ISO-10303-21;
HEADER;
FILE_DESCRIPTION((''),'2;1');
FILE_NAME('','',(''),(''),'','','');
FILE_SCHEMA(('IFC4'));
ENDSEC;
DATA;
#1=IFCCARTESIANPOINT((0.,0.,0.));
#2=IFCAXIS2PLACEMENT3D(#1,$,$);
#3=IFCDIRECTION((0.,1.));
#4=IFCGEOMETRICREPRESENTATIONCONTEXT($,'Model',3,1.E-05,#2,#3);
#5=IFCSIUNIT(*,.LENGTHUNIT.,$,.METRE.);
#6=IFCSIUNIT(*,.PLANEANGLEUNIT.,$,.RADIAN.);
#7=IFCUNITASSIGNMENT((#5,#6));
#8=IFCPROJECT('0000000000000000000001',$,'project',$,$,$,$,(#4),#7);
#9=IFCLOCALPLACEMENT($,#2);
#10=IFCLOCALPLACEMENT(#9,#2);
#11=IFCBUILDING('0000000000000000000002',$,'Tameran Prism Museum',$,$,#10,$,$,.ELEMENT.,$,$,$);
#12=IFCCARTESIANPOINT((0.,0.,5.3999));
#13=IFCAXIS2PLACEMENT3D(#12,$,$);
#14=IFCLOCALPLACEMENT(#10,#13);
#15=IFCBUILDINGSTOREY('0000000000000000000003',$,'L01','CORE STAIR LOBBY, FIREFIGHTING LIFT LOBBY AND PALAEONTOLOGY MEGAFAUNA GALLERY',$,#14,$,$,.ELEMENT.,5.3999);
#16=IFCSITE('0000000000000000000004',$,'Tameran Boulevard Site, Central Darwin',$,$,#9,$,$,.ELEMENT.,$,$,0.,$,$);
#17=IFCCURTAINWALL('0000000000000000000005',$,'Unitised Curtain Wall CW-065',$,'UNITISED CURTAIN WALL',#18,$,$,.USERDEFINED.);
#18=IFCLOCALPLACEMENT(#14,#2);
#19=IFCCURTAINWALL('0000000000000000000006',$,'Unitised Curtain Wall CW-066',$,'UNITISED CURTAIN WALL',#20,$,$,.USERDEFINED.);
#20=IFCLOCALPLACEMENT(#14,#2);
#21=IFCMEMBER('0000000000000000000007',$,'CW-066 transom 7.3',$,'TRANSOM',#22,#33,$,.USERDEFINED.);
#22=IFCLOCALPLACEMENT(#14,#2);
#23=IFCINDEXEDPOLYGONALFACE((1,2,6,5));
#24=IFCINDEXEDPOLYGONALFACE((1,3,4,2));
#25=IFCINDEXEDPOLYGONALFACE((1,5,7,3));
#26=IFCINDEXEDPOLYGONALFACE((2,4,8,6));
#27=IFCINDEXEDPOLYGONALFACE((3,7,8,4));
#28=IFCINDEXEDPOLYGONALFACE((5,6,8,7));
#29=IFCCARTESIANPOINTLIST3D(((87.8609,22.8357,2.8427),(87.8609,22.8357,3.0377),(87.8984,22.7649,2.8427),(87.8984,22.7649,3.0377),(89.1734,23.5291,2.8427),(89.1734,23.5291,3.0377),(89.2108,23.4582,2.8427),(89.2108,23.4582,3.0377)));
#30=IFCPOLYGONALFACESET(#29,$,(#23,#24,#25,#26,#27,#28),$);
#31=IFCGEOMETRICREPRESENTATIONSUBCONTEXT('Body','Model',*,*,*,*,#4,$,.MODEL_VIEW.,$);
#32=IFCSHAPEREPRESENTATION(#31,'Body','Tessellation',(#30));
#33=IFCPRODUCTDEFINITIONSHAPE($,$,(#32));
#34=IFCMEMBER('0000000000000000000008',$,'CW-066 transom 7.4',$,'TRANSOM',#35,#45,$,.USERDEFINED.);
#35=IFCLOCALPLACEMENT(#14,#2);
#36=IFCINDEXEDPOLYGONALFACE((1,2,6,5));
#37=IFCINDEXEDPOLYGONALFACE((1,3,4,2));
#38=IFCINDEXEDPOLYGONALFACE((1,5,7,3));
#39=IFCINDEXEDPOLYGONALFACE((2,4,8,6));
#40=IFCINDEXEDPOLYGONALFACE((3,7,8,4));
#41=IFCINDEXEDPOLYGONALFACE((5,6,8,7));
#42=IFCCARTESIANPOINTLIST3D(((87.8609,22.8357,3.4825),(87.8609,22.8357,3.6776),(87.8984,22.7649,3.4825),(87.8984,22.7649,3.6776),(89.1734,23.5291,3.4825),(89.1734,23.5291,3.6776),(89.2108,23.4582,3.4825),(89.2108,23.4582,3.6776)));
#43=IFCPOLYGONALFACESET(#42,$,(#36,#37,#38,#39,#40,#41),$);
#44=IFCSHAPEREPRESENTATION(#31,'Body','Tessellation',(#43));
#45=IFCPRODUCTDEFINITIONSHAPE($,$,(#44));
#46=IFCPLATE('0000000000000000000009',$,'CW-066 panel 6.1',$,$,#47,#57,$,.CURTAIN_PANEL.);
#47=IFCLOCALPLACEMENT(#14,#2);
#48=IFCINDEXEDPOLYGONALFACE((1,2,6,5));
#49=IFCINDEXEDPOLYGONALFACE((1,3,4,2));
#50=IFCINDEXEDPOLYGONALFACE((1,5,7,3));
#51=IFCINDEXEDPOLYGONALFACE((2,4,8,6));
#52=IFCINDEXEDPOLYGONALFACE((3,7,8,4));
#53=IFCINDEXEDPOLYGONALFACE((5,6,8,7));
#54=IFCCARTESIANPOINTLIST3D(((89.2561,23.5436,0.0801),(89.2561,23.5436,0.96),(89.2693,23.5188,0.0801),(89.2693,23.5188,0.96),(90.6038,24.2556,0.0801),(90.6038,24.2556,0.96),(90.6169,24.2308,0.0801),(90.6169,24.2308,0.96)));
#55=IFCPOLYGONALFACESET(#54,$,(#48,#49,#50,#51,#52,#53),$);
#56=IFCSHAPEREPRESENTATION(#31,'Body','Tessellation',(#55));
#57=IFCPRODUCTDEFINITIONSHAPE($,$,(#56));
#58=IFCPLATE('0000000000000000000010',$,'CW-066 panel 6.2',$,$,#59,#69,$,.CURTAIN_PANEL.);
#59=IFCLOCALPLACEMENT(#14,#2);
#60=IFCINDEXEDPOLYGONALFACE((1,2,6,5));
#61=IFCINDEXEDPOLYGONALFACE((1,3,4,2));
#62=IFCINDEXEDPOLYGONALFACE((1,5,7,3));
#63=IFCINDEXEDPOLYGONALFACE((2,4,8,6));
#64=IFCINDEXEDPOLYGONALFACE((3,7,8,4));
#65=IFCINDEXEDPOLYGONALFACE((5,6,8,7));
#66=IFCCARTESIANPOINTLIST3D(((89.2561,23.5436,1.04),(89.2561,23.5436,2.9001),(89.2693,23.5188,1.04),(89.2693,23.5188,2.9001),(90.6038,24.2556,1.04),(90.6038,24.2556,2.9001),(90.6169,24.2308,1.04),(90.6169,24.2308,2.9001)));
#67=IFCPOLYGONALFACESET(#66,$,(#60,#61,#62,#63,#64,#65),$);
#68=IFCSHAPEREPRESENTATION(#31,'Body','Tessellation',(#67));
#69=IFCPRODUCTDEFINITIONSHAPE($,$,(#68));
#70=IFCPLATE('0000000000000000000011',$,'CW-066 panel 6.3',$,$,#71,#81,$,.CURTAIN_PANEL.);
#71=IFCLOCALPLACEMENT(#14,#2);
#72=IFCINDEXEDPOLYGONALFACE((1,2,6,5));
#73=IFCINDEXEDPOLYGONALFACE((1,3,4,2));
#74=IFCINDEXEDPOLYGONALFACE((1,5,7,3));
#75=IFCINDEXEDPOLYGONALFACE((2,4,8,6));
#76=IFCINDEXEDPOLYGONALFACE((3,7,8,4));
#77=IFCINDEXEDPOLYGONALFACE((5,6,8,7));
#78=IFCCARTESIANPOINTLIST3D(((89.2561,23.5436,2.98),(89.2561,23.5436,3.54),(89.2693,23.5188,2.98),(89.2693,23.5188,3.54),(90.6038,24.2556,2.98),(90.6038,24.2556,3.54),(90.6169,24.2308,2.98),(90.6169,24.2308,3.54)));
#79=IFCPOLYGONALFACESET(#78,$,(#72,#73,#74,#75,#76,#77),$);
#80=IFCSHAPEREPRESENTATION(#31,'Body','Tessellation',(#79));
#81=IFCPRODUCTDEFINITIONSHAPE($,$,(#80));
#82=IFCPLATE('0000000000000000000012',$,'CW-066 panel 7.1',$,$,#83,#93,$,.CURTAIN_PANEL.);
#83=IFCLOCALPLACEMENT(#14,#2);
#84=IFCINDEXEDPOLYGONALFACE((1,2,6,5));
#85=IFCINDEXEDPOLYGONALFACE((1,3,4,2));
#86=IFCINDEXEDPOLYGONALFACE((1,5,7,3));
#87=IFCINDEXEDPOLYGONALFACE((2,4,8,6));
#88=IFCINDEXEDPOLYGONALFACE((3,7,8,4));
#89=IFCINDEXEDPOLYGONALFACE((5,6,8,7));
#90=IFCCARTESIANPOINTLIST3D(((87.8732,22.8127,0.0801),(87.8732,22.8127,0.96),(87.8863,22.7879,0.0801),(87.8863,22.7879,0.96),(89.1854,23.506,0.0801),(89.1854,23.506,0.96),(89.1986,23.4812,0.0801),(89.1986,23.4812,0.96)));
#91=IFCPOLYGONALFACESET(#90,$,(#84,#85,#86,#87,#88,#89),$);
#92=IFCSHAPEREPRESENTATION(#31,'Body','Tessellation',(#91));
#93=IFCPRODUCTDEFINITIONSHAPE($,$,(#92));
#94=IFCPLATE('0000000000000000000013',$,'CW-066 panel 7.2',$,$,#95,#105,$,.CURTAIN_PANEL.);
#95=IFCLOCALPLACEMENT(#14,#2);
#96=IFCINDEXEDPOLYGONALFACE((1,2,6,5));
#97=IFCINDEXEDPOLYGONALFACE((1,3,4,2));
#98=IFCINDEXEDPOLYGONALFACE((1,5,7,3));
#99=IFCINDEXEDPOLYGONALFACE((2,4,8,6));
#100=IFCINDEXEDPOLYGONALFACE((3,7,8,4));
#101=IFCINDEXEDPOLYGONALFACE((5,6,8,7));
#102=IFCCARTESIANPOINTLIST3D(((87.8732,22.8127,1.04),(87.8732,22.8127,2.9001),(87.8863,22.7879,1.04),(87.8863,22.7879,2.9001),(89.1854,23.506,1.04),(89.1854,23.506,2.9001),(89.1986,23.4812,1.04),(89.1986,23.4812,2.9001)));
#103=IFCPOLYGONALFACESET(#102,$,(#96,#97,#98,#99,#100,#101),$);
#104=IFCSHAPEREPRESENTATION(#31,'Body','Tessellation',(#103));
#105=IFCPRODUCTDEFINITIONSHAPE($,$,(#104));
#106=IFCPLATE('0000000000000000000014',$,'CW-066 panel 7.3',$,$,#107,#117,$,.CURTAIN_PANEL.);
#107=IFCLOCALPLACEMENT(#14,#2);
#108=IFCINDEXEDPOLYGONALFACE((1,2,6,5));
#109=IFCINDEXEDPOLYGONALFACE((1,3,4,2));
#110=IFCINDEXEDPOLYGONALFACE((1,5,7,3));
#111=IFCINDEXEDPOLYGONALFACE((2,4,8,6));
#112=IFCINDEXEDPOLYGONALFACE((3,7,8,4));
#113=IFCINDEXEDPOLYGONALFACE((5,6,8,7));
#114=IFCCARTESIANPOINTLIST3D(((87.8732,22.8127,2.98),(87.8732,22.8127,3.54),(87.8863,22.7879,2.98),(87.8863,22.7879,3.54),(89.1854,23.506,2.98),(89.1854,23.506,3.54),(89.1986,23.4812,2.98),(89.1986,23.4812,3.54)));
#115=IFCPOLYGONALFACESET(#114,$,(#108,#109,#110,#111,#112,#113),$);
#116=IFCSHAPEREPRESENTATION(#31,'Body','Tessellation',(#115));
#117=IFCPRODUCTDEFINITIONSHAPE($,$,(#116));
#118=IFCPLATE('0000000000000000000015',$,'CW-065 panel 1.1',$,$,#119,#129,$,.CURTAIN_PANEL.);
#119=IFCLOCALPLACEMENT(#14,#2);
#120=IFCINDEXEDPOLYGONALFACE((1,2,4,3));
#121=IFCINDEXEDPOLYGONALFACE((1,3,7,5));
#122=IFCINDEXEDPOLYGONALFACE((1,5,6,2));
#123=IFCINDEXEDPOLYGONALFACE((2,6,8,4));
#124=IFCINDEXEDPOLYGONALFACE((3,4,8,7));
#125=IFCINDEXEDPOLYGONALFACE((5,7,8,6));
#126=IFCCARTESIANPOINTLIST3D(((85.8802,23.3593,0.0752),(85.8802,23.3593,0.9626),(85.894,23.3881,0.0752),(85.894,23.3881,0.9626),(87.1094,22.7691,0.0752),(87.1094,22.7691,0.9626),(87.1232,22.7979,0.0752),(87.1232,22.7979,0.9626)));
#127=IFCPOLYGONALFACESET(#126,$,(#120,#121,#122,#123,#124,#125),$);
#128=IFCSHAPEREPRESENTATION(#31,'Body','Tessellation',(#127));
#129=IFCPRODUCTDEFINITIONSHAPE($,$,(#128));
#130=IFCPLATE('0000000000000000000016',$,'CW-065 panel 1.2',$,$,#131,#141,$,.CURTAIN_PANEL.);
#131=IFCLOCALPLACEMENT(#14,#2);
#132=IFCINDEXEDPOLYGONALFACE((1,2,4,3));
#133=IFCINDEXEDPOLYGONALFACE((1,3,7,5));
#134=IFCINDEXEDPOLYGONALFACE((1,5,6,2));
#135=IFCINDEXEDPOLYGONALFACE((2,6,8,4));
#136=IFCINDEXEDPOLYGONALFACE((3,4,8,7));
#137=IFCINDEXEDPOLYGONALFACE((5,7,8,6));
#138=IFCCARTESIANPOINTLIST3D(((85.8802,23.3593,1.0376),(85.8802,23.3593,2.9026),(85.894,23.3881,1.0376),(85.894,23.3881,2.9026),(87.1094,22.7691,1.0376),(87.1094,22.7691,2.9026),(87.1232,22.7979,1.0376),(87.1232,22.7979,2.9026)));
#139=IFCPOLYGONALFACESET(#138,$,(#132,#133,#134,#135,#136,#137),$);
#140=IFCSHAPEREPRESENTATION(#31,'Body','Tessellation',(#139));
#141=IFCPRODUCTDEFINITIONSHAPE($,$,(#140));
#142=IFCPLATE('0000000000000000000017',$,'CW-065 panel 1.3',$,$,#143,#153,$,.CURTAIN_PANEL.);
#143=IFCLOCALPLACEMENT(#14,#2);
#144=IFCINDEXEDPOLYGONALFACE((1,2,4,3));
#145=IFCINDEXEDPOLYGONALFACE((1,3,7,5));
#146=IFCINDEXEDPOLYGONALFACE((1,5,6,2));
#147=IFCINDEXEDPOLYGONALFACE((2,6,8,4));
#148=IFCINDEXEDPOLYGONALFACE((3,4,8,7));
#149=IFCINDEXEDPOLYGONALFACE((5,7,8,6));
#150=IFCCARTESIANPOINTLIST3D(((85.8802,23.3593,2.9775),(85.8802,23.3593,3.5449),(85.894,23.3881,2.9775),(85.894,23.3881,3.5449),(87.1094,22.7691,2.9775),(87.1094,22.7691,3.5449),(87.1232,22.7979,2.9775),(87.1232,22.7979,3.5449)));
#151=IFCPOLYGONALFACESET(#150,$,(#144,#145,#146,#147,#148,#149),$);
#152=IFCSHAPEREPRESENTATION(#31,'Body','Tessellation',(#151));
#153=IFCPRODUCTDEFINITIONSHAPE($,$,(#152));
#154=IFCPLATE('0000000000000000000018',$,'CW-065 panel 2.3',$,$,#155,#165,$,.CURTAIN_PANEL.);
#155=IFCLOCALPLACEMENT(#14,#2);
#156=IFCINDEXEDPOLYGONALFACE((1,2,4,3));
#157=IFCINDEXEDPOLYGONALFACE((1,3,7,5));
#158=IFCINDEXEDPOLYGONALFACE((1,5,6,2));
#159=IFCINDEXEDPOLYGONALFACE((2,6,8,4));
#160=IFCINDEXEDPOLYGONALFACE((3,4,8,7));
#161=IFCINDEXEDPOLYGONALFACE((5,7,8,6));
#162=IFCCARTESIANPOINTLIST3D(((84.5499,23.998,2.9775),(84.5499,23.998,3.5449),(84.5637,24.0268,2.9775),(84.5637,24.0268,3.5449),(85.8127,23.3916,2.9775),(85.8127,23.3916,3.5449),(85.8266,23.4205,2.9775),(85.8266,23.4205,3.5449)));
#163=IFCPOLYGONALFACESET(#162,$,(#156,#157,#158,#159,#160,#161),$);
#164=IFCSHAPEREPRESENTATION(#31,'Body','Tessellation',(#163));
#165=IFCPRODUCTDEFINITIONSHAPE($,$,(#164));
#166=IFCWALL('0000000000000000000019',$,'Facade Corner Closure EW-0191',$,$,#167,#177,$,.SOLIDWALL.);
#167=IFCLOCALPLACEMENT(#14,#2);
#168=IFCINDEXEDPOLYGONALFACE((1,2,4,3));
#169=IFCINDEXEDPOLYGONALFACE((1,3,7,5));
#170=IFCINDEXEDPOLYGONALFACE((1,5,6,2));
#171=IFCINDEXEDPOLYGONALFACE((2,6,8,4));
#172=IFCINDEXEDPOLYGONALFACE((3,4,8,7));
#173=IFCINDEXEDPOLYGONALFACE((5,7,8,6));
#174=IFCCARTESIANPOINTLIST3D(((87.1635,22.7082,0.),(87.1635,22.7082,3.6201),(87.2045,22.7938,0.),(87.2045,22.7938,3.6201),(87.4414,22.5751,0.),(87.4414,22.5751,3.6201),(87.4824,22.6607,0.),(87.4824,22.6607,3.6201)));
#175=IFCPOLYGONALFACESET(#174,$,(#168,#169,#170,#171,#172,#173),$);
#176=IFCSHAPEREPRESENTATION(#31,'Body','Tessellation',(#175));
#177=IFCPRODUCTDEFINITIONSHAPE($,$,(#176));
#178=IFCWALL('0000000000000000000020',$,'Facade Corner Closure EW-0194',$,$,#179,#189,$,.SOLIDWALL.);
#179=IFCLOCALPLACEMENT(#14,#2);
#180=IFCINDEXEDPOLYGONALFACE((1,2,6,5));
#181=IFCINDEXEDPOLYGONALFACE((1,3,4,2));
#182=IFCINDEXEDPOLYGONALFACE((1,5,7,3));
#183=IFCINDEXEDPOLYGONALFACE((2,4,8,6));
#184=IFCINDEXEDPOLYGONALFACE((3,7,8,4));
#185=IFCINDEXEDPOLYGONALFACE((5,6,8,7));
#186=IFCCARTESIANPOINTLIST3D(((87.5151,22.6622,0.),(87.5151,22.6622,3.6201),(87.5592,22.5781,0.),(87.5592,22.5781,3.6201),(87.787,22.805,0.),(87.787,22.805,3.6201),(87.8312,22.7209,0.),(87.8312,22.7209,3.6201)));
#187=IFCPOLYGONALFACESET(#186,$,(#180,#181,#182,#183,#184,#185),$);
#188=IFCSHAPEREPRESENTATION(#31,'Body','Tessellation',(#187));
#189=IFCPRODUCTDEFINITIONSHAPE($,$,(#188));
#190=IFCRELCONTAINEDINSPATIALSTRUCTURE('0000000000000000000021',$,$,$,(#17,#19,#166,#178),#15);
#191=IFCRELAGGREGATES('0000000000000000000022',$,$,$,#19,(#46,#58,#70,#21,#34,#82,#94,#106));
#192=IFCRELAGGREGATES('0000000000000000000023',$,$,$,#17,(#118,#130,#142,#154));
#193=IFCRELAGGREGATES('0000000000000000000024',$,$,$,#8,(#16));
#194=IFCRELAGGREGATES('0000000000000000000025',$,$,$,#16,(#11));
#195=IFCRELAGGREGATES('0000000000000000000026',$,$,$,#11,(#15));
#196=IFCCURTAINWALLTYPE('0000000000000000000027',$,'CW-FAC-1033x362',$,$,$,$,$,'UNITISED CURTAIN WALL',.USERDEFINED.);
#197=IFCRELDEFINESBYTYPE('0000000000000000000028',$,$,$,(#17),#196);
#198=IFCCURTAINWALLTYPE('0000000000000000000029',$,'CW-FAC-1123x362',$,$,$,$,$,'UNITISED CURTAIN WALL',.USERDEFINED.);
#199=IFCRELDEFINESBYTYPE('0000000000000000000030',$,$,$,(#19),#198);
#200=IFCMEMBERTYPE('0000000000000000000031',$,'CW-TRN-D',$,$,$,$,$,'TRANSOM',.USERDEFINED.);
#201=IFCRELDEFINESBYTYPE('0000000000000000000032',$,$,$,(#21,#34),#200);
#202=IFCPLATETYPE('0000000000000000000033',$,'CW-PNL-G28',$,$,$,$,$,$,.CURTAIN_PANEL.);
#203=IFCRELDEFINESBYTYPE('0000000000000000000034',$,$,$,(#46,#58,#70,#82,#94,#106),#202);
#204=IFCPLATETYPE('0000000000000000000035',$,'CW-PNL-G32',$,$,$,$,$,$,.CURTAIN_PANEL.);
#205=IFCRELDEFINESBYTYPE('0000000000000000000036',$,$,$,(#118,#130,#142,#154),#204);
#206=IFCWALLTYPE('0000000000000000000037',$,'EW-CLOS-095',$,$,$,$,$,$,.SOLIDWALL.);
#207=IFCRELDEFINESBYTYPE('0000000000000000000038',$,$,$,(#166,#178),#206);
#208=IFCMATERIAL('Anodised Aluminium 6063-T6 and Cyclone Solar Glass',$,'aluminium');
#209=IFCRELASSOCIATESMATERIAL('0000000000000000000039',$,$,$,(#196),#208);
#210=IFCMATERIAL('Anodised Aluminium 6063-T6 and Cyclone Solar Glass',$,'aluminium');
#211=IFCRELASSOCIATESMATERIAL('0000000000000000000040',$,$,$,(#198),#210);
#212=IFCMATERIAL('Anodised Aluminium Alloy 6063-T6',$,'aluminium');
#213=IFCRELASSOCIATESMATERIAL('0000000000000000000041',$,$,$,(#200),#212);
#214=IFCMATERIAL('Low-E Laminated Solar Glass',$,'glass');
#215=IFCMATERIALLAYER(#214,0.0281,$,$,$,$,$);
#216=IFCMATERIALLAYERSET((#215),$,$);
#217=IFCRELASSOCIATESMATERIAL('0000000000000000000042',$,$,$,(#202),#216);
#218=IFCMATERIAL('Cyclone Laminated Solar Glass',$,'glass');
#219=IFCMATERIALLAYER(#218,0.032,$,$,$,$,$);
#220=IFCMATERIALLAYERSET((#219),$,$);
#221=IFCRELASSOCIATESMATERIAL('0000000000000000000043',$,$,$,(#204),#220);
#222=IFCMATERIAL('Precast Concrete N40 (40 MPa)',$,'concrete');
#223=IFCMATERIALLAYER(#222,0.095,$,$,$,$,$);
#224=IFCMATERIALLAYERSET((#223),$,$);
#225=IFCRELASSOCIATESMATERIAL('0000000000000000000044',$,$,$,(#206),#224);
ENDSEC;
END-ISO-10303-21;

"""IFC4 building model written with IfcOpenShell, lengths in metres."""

from ifc_helpers import new_model, si_unit, direction, frame, frame_2d, origin, origin_2d, place, context, subcontext, project, spatial, rectangle, extrude, material, layer, layer_set, material_profile, profile_set, type_object, element, aggregate, save


model = new_model("IFC4")

# Units and contexts
model_context = context("Model", 3, precision=1e-05, world=origin(), true_north=direction((0.0, 1.0)))
body_context = subcontext(model_context, "Body", "Model", "MODEL_VIEW")
ifc_project = project(units=[si_unit("LENGTHUNIT", "METRE"), si_unit("PLANEANGLEUNIT", "RADIAN")], contexts=[model_context])

# Site, building, storey
site_placement = place(None, origin())
site = spatial("IfcSite", under=ifc_project, at=site_placement, Name="Tameran Boulevard Site, Central Darwin", CompositionType="ELEMENT", RefElevation=0.0)
building_placement = place(site_placement, origin())
building = spatial("IfcBuilding", under=site, at=building_placement, Name="Tameran Prism Museum", CompositionType="ELEMENT")
storey_placement = place(building_placement, frame((0.0, 0.0, 5.3999)))
storey = spatial("IfcBuildingStorey", under=building, at=storey_placement, Name="L01", Description="CORE STAIR LOBBY, FIREFIGHTING LIFT LOBBY AND PALAEONTOLOGY MEGAFAUNA GALLERY", CompositionType="ELEMENT", Elevation=5.3999)

# Curtain walls
ifc_material_1 = material(Name="Anodised Aluminium 6063-T6 and Cyclone Solar Glass", Category="aluminium")
curtain_wall_type_1 = type_object("IfcCurtainWallType", Name="CW-FAC-1033x362", ElementType="UNITISED CURTAIN WALL", PredefinedType="USERDEFINED", material=ifc_material_1)
curtain_wall_1_placement = place(storey_placement, origin())
curtain_wall_1 = element("IfcCurtainWall", 1, at=curtain_wall_1_placement, inside=storey, type_object=curtain_wall_type_1, Name="Unitised Curtain Wall CW-065", ObjectType="UNITISED CURTAIN WALL", PredefinedType="USERDEFINED")
ifc_material_2 = material(Name="Anodised Aluminium 6063-T6 and Cyclone Solar Glass", Category="aluminium")
curtain_wall_type_2 = type_object("IfcCurtainWallType", Name="CW-FAC-1123x362", ElementType="UNITISED CURTAIN WALL", PredefinedType="USERDEFINED", material=ifc_material_2)
curtain_wall_2_placement = place(storey_placement, origin())
curtain_wall_2 = element("IfcCurtainWall", 2, at=curtain_wall_2_placement, inside=storey, type_object=curtain_wall_type_2, Name="Unitised Curtain Wall CW-066", ObjectType="UNITISED CURTAIN WALL", PredefinedType="USERDEFINED")

# Members
ifc_material_3 = material(Name="Anodised Aluminium Alloy 6063-T6", Category="aluminium")
ifc_material_profile_1 = material_profile(ifc_material_3, rectangle(XDim=0.0801, YDim=0.1951, at=origin_2d()))
ifc_profile_set_1 = profile_set([ifc_material_profile_1])
member_type_1 = type_object("IfcMemberType", Name="CW-TRN-D", ElementType="TRANSOM", PredefinedType="USERDEFINED", material=ifc_profile_set_1)
member_1_placement = place(storey_placement, frame((89.1921, 23.4937, 2.9402), z_axis=(-0.884204, -0.467102, 0.0), x_axis=(0.467102, -0.884204, 0.0)))
member_1 = element("IfcMember", 3, at=member_1_placement, type_object=member_type_1, Name="CW-066 transom 7.3", ObjectType="TRANSOM", PredefinedType="USERDEFINED", context=body_context, shape_type="SweptSolid", body=[
    extrude(rectangle(XDim=0.0801, YDim=0.1951, at=origin_2d()), origin(), (0.0, 0.0, 1.0), 1.4844),
])
member_2_placement = place(storey_placement, frame((89.1921, 23.4937, 3.5801), z_axis=(-0.884204, -0.467102, 0.0), x_axis=(0.467102, -0.884204, 0.0)))
member_2 = element("IfcMember", 4, at=member_2_placement, type_object=member_type_1, Name="CW-066 transom 7.4", ObjectType="TRANSOM", PredefinedType="USERDEFINED", context=body_context, shape_type="SweptSolid", body=[
    extrude(rectangle(XDim=0.0801, YDim=0.1951, at=origin_2d()), origin(), (0.0, 0.0, 1.0), 1.4844),
])

# Plates
ifc_material_4 = material(Name="Low-E Laminated Solar Glass", Category="glass")
ifc_layer_1 = layer(ifc_material_4, 0.0281)
ifc_layer_set_1 = layer_set([ifc_layer_1])
plate_type_1 = type_object("IfcPlateType", Name="CW-PNL-G28", PredefinedType="CURTAIN_PANEL", material=ifc_layer_set_1)
plate_1_placement = place(storey_placement, frame((89.9365, 23.8872, 0.0801), z_axis=(0.0, 0.0, 1.0), x_axis=(-0.884175, -0.467155, 0.0)))
plate_1 = element("IfcPlate", 5, at=plate_1_placement, type_object=plate_type_1, Name="CW-066 panel 6.1", PredefinedType="CURTAIN_PANEL", context=body_context, shape_type="SweptSolid", body=[
    extrude(rectangle(XDim=1.5242, YDim=0.0281, at=origin_2d()), origin(), (0.0, 0.0, 1.0), 0.8799),
])
plate_2_placement = place(storey_placement, frame((89.9365, 23.8872, 1.04), z_axis=(0.0, 0.0, 1.0), x_axis=(-0.884175, -0.467155, 0.0)))
plate_2 = element("IfcPlate", 6, at=plate_2_placement, type_object=plate_type_1, Name="CW-066 panel 6.2", PredefinedType="CURTAIN_PANEL", context=body_context, shape_type="SweptSolid", body=[
    extrude(rectangle(XDim=1.5242, YDim=0.0281, at=origin_2d()), origin(), (0.0, 0.0, 1.0), 1.8601),
])
plate_3_placement = place(storey_placement, frame((89.9365, 23.8872, 2.98), z_axis=(0.0, 0.0, 1.0), x_axis=(-0.884175, -0.467155, 0.0)))
plate_3 = element("IfcPlate", 7, at=plate_3_placement, type_object=plate_type_1, Name="CW-066 panel 6.3", PredefinedType="CURTAIN_PANEL", context=body_context, shape_type="SweptSolid", body=[
    extrude(rectangle(XDim=1.5242, YDim=0.0281, at=origin_2d()), origin(), (0.0, 0.0, 1.0), 0.5601),
])
plate_4_placement = place(storey_placement, frame((88.5359, 23.147, 0.0801), z_axis=(0.0, 0.0, 1.0), x_axis=(-0.884175, -0.467155, 0.0)))
plate_4 = element("IfcPlate", 8, at=plate_4_placement, type_object=plate_type_1, Name="CW-066 panel 7.1", PredefinedType="CURTAIN_PANEL", context=body_context, shape_type="SweptSolid", body=[
    extrude(rectangle(XDim=1.4841, YDim=0.0281, at=origin_2d()), origin(), (0.0, 0.0, 1.0), 0.8799),
])
plate_5_placement = place(storey_placement, frame((88.5359, 23.147, 1.04), z_axis=(0.0, 0.0, 1.0), x_axis=(-0.884175, -0.467155, 0.0)))
plate_5 = element("IfcPlate", 9, at=plate_5_placement, type_object=plate_type_1, Name="CW-066 panel 7.2", PredefinedType="CURTAIN_PANEL", context=body_context, shape_type="SweptSolid", body=[
    extrude(rectangle(XDim=1.4841, YDim=0.0281, at=origin_2d()), origin(), (0.0, 0.0, 1.0), 1.8601),
])
plate_6_placement = place(storey_placement, frame((88.5359, 23.147, 2.98), z_axis=(0.0, 0.0, 1.0), x_axis=(-0.884175, -0.467155, 0.0)))
plate_6 = element("IfcPlate", 10, at=plate_6_placement, type_object=plate_type_1, Name="CW-066 panel 7.3", PredefinedType="CURTAIN_PANEL", context=body_context, shape_type="SweptSolid", body=[
    extrude(rectangle(XDim=1.4841, YDim=0.0281, at=origin_2d()), origin(), (0.0, 0.0, 1.0), 0.5601),
])
aggregate(curtain_wall_2, [plate_1, plate_2, plate_3, member_1, member_2, plate_4, plate_5, plate_6])
ifc_material_5 = material(Name="Cyclone Laminated Solar Glass", Category="glass")
ifc_layer_2 = layer(ifc_material_5, 0.032)
ifc_layer_set_2 = layer_set([ifc_layer_2])
plate_type_2 = type_object("IfcPlateType", Name="CW-PNL-G32", PredefinedType="CURTAIN_PANEL", material=ifc_layer_set_2)
plate_7_placement = place(storey_placement, frame((86.5017, 23.0786, 0.0752), z_axis=(0.0, 0.0, 1.0), x_axis=(-0.901475, 0.432832, 0.0)))
plate_7 = element("IfcPlate", 11, at=plate_7_placement, type_object=plate_type_2, Name="CW-065 panel 1.1", PredefinedType="CURTAIN_PANEL", context=body_context, shape_type="SweptSolid", body=[
    extrude(rectangle(XDim=1.3635, YDim=0.032, at=origin_2d()), origin(), (0.0, 0.0, 1.0), 0.8875),
])
plate_8_placement = place(storey_placement, frame((86.5017, 23.0786, 1.0376), z_axis=(0.0, 0.0, 1.0), x_axis=(-0.901475, 0.432832, 0.0)))
plate_8 = element("IfcPlate", 12, at=plate_8_placement, type_object=plate_type_2, Name="CW-065 panel 1.2", PredefinedType="CURTAIN_PANEL", context=body_context, shape_type="SweptSolid", body=[
    extrude(rectangle(XDim=1.3635, YDim=0.032, at=origin_2d()), origin(), (0.0, 0.0, 1.0), 1.865),
])
plate_9_placement = place(storey_placement, frame((86.5017, 23.0786, 2.9775), z_axis=(0.0, 0.0, 1.0), x_axis=(-0.901475, 0.432832, 0.0)))
plate_9 = element("IfcPlate", 13, at=plate_9_placement, type_object=plate_type_2, Name="CW-065 panel 1.3", PredefinedType="CURTAIN_PANEL", context=body_context, shape_type="SweptSolid", body=[
    extrude(rectangle(XDim=1.3635, YDim=0.032, at=origin_2d()), origin(), (0.0, 0.0, 1.0), 0.5674),
])
plate_10_placement = place(storey_placement, frame((85.1882, 23.7092, 2.9775), z_axis=(0.0, 0.0, 1.0), x_axis=(-0.901475, 0.432832, 0.0)))
plate_10 = element("IfcPlate", 14, at=plate_10_placement, type_object=plate_type_2, Name="CW-065 panel 2.3", PredefinedType="CURTAIN_PANEL", context=body_context, shape_type="SweptSolid", body=[
    extrude(rectangle(XDim=1.4009, YDim=0.032, at=origin_2d()), origin(), (0.0, 0.0, 1.0), 0.5674),
])
aggregate(curtain_wall_1, [plate_7, plate_8, plate_9, plate_10])

# Walls
ifc_material_6 = material(Name="Precast Concrete N40 (40 MPa)", Category="concrete")
ifc_layer_3 = layer(ifc_material_6, 0.095)
ifc_layer_set_3 = layer_set([ifc_layer_3])
wall_type = type_object("IfcWallType", Name="EW-CLOS-095", PredefinedType="SOLIDWALL", material=ifc_layer_set_3)
wall_1_placement = place(storey_placement, frame((87.4619, 22.6179, 0.0), z_axis=(0.0, 0.0, 1.0), x_axis=(-0.901906, 0.431932, 0.0)))
element("IfcWall", 15, at=wall_1_placement, inside=storey, type_object=wall_type, Name="Facade Corner Closure EW-0191", PredefinedType="SOLIDWALL", context=body_context, shape_type="SweptSolid", body=[
    extrude(rectangle(XDim=0.3081, YDim=0.095, at=frame_2d((0.1541, 0.0))), origin(), (0.0, 0.0, 1.0), 3.6201),
])
wall_2_placement = place(storey_placement, frame((87.8091, 22.7629, 0.0), z_axis=(0.0, 0.0, 1.0), x_axis=(-0.885349, -0.464927, 0.0)))
element("IfcWall", 16, at=wall_2_placement, inside=storey, type_object=wall_type, Name="Facade Corner Closure EW-0194", PredefinedType="SOLIDWALL", context=body_context, shape_type="SweptSolid", body=[
    extrude(rectangle(XDim=0.3071, YDim=0.095, at=frame_2d((0.1536, 0.0))), origin(), (0.0, 0.0, 1.0), 3.6201),
])

save(model, "model.ifc")
